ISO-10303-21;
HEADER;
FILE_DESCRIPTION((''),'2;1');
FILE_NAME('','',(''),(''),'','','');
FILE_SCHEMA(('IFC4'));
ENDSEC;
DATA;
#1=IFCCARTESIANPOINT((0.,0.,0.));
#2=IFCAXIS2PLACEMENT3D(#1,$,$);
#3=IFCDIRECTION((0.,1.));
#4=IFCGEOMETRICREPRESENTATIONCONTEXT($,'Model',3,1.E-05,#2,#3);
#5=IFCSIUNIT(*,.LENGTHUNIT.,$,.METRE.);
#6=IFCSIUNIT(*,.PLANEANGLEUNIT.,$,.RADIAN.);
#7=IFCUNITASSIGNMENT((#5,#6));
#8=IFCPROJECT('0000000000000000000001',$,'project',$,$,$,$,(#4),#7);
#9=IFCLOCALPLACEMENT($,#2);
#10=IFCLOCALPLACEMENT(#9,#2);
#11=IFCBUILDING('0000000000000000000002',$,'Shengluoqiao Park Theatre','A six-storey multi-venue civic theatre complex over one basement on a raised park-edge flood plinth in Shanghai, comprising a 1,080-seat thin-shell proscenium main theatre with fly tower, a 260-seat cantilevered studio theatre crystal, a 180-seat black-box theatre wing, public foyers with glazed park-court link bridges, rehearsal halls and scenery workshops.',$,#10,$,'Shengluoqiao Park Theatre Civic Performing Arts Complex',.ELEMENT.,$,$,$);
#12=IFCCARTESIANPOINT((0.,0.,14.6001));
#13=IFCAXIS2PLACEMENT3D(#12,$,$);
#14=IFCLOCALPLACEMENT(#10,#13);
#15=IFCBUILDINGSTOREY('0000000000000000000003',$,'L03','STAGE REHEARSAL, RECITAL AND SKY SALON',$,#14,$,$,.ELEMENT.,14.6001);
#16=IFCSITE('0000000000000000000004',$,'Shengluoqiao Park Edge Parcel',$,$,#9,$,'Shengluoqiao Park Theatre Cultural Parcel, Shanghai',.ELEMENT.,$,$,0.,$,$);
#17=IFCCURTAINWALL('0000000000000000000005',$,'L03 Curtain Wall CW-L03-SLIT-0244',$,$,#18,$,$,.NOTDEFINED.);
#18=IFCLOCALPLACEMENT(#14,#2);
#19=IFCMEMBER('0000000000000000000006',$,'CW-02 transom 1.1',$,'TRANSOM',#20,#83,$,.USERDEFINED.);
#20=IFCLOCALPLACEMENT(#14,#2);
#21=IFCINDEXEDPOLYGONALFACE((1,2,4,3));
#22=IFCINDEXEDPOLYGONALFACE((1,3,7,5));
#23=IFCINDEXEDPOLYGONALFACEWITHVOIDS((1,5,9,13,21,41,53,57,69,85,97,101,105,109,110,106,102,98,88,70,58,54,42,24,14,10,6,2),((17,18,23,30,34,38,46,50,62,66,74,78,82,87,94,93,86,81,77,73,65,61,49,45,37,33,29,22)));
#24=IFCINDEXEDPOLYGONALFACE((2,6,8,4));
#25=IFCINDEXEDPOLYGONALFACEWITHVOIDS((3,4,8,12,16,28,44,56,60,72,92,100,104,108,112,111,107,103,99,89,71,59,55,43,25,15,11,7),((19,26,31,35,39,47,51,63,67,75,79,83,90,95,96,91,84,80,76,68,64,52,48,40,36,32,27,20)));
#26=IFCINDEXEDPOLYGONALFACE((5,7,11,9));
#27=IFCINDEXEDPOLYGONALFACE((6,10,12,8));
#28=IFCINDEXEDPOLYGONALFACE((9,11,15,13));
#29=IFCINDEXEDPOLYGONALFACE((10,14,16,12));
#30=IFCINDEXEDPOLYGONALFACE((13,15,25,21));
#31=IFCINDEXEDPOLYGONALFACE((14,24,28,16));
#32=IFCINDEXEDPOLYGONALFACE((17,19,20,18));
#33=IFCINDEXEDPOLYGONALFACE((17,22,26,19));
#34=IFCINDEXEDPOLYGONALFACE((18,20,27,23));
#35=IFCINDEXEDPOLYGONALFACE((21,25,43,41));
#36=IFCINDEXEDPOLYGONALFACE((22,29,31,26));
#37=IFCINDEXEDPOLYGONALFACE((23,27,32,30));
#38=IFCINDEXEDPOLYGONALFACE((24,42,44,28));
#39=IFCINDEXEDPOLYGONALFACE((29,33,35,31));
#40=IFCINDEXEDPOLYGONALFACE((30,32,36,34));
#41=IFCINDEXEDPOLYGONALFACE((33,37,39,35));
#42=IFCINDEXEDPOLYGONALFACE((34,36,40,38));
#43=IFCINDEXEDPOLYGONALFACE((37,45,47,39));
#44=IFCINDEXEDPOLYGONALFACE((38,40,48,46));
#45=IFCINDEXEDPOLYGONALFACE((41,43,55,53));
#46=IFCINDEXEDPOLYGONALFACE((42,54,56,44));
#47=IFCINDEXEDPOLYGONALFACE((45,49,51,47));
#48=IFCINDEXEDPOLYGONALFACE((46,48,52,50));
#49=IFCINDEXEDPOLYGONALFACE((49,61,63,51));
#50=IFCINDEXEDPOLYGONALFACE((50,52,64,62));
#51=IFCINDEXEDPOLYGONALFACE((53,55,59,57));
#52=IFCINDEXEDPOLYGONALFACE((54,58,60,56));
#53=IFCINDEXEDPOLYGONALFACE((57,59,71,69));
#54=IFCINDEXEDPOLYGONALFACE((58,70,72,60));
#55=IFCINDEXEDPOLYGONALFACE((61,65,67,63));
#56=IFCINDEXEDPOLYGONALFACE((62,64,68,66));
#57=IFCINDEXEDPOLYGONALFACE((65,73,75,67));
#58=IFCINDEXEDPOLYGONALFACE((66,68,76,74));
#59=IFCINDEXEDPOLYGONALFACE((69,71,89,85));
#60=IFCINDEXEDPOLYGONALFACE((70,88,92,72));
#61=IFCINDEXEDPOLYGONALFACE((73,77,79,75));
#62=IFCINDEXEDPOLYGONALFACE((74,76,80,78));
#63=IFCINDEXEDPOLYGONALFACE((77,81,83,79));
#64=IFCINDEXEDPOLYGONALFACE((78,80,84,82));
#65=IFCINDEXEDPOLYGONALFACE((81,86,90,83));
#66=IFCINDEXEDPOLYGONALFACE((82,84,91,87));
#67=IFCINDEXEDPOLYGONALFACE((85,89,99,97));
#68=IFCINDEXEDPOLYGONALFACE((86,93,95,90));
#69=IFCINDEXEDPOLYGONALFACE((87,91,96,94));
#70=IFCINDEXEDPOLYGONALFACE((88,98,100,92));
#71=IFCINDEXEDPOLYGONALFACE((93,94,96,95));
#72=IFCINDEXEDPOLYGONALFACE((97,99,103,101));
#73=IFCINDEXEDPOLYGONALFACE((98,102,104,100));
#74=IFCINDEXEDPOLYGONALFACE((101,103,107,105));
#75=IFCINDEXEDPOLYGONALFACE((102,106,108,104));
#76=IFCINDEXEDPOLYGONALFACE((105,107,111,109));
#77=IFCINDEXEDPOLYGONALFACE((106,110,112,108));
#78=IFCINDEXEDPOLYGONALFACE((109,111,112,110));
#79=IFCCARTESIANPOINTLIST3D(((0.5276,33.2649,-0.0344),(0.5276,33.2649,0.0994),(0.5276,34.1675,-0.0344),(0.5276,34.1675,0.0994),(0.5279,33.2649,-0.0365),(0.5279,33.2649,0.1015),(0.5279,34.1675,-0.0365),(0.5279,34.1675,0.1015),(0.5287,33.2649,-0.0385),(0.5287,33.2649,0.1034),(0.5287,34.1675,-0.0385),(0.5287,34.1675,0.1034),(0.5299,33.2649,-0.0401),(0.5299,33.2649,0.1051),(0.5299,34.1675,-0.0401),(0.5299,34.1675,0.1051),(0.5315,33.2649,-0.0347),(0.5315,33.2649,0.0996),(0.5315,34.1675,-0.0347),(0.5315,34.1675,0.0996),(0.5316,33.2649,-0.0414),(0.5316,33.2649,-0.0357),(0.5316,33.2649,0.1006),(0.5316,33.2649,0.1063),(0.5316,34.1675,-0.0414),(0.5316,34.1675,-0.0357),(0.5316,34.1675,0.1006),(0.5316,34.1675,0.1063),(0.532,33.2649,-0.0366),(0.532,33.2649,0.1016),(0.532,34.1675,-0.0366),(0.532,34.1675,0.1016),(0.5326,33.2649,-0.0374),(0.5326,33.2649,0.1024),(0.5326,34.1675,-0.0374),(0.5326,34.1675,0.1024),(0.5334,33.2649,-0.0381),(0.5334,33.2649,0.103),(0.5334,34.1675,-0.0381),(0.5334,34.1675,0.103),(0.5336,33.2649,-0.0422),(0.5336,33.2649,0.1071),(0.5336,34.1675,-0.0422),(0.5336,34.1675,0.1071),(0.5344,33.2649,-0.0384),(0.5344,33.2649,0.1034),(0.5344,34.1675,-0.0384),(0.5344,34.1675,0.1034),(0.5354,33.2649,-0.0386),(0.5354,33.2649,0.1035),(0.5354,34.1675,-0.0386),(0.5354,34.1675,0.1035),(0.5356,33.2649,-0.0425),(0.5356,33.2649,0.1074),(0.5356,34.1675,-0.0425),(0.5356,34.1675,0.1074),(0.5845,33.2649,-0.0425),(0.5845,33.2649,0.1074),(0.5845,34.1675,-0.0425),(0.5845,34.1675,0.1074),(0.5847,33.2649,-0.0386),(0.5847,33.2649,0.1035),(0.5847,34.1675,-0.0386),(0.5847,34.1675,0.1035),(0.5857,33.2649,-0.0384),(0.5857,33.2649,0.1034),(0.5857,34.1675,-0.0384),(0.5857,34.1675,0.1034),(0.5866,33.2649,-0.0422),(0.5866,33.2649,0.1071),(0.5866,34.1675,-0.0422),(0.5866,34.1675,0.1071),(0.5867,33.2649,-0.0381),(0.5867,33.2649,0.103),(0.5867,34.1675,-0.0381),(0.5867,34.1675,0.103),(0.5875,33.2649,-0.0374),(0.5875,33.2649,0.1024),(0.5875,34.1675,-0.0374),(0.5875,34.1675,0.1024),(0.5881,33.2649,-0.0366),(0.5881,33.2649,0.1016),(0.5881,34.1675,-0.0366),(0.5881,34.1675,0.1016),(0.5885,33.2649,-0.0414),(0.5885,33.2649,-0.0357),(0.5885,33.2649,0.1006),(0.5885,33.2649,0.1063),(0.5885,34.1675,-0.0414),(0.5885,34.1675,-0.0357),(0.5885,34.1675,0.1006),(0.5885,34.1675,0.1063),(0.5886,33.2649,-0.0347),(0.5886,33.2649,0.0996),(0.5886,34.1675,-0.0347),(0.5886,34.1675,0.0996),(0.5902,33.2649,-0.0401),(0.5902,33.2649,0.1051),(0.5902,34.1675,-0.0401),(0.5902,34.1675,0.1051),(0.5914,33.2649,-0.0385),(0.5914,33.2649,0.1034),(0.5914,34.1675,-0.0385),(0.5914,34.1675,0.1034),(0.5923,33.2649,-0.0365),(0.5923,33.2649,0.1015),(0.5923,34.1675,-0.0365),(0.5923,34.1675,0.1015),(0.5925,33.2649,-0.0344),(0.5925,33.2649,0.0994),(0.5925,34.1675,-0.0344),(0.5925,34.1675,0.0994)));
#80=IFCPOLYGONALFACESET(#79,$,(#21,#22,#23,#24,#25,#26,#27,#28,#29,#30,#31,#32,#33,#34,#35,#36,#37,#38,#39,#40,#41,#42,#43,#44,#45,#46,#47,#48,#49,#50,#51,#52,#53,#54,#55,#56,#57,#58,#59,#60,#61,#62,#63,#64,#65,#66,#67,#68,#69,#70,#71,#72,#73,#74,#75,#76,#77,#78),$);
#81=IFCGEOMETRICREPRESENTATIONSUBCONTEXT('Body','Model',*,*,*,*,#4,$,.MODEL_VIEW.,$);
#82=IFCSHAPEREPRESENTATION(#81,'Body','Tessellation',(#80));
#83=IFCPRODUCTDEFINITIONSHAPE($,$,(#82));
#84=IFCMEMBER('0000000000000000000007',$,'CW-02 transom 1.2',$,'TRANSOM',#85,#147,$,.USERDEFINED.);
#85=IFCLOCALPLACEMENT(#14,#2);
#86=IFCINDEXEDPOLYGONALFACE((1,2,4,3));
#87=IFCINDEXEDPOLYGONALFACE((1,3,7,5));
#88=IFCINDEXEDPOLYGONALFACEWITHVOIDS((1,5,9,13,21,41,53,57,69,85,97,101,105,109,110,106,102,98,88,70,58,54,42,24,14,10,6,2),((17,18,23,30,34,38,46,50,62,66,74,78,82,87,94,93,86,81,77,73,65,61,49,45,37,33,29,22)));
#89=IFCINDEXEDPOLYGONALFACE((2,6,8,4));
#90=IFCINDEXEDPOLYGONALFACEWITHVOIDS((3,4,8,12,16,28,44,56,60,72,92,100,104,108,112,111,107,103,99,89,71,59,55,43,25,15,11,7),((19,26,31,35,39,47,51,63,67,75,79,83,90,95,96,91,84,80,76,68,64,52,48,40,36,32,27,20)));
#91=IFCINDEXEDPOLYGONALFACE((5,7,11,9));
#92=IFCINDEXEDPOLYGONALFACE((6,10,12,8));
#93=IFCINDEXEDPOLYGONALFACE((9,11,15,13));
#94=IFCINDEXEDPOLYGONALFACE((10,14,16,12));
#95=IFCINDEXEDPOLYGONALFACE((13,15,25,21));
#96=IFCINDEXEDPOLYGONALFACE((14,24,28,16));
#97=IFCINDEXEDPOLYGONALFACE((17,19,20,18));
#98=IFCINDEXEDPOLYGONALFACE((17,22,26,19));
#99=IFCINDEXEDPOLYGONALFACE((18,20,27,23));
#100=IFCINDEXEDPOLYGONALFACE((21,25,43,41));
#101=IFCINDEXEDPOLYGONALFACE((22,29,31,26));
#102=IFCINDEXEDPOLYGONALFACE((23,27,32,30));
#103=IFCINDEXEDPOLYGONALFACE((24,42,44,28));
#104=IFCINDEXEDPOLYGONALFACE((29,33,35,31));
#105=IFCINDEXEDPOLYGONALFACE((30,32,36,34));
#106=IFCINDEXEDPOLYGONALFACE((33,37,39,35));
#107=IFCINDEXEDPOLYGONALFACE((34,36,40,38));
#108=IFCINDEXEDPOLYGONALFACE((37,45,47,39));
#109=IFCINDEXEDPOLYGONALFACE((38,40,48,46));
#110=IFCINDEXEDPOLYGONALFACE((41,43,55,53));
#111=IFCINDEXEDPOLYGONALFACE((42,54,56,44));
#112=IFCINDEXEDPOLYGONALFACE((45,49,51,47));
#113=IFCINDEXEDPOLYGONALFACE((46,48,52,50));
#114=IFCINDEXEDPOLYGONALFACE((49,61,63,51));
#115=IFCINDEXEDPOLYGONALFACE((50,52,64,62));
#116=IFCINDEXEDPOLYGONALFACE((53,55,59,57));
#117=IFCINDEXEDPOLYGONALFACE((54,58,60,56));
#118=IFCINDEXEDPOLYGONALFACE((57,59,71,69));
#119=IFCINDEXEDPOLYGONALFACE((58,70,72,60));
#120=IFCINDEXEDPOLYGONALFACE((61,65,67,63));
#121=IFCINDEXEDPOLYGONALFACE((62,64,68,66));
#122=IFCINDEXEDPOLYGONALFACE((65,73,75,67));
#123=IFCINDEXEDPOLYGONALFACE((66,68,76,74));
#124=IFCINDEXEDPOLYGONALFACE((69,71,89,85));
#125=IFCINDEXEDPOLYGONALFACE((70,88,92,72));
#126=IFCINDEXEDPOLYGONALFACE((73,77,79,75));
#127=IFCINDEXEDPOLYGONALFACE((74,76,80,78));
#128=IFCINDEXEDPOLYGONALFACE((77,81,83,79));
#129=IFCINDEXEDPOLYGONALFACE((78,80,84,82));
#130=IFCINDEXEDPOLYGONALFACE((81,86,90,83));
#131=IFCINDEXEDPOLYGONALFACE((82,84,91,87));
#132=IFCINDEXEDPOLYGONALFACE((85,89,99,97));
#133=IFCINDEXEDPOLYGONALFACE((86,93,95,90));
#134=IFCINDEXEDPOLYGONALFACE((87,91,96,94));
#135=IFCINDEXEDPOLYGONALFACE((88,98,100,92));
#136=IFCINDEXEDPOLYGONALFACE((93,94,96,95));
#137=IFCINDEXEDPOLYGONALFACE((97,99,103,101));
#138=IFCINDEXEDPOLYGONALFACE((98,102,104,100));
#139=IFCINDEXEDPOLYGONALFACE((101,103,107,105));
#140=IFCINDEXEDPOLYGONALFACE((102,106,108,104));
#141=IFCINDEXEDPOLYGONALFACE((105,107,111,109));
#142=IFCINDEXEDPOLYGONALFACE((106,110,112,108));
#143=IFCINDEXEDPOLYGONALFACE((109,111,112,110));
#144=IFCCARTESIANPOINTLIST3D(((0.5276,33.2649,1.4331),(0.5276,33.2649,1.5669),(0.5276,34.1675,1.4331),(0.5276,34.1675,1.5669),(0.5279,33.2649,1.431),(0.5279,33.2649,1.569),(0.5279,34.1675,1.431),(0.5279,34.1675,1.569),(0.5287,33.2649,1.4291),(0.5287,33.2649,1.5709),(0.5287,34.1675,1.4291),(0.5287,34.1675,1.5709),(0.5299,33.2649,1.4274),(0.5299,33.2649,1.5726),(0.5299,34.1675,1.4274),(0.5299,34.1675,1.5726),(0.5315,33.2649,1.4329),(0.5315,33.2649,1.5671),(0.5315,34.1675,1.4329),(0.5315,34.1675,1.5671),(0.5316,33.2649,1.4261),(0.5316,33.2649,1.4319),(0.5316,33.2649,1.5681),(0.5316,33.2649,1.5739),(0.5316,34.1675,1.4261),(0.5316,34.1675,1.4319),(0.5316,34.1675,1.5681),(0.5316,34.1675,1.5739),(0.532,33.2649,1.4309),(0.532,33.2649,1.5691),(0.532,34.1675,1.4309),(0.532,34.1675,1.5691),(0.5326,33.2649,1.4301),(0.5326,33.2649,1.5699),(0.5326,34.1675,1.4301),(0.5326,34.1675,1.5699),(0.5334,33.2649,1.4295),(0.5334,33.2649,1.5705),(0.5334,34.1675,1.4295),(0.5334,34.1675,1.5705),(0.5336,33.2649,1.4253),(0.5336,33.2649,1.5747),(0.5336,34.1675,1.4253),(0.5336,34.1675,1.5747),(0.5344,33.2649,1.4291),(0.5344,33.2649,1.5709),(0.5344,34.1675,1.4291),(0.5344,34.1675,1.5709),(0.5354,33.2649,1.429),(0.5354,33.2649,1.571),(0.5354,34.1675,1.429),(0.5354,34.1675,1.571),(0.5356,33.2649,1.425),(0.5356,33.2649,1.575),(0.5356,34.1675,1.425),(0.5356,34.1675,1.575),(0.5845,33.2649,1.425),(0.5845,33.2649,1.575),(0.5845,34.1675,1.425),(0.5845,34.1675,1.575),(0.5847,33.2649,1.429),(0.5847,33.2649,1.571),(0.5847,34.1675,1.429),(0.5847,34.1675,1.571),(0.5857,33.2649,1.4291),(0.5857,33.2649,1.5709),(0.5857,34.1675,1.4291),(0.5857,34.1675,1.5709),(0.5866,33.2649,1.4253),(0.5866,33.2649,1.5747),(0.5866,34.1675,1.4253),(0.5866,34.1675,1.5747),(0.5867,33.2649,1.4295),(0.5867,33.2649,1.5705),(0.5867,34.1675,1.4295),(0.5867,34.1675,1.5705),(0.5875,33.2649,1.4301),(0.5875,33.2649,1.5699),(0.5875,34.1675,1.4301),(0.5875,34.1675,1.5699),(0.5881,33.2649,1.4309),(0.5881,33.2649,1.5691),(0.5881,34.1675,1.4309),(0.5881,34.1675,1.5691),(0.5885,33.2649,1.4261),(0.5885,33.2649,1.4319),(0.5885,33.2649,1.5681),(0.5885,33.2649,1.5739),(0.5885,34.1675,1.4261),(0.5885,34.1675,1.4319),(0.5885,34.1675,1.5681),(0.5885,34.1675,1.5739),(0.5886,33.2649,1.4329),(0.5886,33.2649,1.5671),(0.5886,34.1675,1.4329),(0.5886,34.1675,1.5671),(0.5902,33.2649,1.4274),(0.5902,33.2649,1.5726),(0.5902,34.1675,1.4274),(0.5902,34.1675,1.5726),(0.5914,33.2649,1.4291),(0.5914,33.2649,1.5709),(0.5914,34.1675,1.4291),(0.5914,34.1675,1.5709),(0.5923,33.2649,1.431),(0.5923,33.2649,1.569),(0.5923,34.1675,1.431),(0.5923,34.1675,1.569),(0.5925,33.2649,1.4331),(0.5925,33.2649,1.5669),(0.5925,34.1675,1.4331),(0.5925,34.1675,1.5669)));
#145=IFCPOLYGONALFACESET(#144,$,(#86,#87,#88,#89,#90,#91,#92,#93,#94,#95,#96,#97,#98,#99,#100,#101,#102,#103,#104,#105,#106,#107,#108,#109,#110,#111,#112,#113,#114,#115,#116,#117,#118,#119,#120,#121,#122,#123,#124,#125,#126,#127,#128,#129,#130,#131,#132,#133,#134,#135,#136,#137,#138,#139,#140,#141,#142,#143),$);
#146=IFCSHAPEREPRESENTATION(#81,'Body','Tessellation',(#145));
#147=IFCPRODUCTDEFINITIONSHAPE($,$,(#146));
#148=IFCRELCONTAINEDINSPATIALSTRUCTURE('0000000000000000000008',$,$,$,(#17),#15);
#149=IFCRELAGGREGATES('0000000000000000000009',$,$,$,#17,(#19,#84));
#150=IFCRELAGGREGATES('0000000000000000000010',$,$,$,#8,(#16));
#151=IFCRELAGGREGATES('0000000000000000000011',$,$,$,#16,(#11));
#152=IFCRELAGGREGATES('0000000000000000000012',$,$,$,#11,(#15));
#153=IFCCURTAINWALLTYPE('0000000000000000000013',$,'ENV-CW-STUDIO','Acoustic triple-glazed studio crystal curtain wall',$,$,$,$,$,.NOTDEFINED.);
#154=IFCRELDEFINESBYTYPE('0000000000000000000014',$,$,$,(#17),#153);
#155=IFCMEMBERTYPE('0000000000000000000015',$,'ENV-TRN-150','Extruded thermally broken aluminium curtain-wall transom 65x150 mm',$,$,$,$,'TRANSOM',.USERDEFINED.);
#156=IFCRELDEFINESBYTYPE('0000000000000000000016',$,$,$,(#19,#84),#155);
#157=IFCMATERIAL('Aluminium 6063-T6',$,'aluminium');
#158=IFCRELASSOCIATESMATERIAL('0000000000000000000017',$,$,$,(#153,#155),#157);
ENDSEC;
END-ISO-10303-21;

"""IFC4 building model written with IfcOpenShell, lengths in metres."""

from ifc_helpers import new_model, si_unit, direction, frame, origin, origin_2d, place, context, subcontext, project, spatial, hollow_rectangle, extrude, material, material_profile, profile_set, type_object, element, aggregate, save


model = new_model("IFC4")

# Units and contexts
model_context = context("Model", 3, precision=1e-05, world=origin(), true_north=direction((0.0, 1.0)))
body_context = subcontext(model_context, "Body", "Model", "MODEL_VIEW")
ifc_project = project(units=[si_unit("LENGTHUNIT", "METRE"), si_unit("PLANEANGLEUNIT", "RADIAN")], contexts=[model_context])

# Site, building, storey
site_placement = place(None, origin())
site = spatial("IfcSite", under=ifc_project, at=site_placement, Name="Shengluoqiao Park Edge Parcel", LongName="Shengluoqiao Park Theatre Cultural Parcel, Shanghai", CompositionType="ELEMENT", RefElevation=0.0)
building_placement = place(site_placement, origin())
building = spatial("IfcBuilding", under=site, at=building_placement, Name="Shengluoqiao Park Theatre", Description="A six-storey multi-venue civic theatre complex over one basement on a raised park-edge flood plinth in Shanghai, comprising a 1,080-seat thin-shell proscenium main theatre with fly tower, a 260-seat cantilevered studio theatre crystal, a 180-seat black-box theatre wing, public foyers with glazed park-court link bridges, rehearsal halls and scenery workshops.", LongName="Shengluoqiao Park Theatre Civic Performing Arts Complex", CompositionType="ELEMENT")
storey_placement = place(building_placement, frame((0.0, 0.0, 14.6001)))
storey = spatial("IfcBuildingStorey", under=building, at=storey_placement, Name="L03", Description="STAGE REHEARSAL, RECITAL AND SKY SALON", CompositionType="ELEMENT", Elevation=14.6001)

# Curtain wall
ifc_material_1 = material(Name="Aluminium 6063-T6", Category="aluminium")
curtain_wall_type = type_object("IfcCurtainWallType", Name="ENV-CW-STUDIO", Description="Acoustic triple-glazed studio crystal curtain wall", PredefinedType="NOTDEFINED", material=ifc_material_1)
curtain_wall_1_placement = place(storey_placement, origin())
curtain_wall_1 = element("IfcCurtainWall", 1, at=curtain_wall_1_placement, inside=storey, type_object=curtain_wall_type, Name="L03 Curtain Wall CW-L03-SLIT-0244", PredefinedType="NOTDEFINED")

# Members
ifc_material_profile_1 = material_profile(ifc_material_1, hollow_rectangle(XDim=0.0649, YDim=0.1499, WallThickness=0.0039, InnerFilletRadius=0.0039, OuterFilletRadius=0.0081, at=origin_2d()), Name="ALU TRANSOM 150x65x4")
ifc_profile_set_1 = profile_set([ifc_material_profile_1], Name="Aluminium 6063-T6")
member_type_1 = type_object("IfcMemberType", Name="ENV-TRN-150", Description="Extruded thermally broken aluminium curtain-wall transom 65x150 mm", ElementType="TRANSOM", PredefinedType="USERDEFINED", material=ifc_profile_set_1)
member_1_placement = place(storey_placement, frame((0.5601, 33.2649, 0.0325), z_axis=(0.0, 1.0, 0.0), x_axis=(-1.0, 0.0, 0.0)))
member_1 = element("IfcMember", 2, at=member_1_placement, type_object=member_type_1, Name="CW-02 transom 1.1", ObjectType="TRANSOM", PredefinedType="USERDEFINED", context=body_context, shape_type="SweptSolid", body=[
    extrude(hollow_rectangle(XDim=0.0649, YDim=0.1499, WallThickness=0.0039, InnerFilletRadius=0.0039, OuterFilletRadius=0.0081, at=origin_2d()), origin(), (0.0, 0.0, 1.0), 0.9026),
])
member_2_placement = place(storey_placement, frame((0.5601, 33.2649, 1.5), z_axis=(0.0, 1.0, 0.0), x_axis=(-1.0, 0.0, 0.0)))
member_2 = element("IfcMember", 3, at=member_2_placement, type_object=member_type_1, Name="CW-02 transom 1.2", ObjectType="TRANSOM", PredefinedType="USERDEFINED", context=body_context, shape_type="SweptSolid", body=[
    extrude(hollow_rectangle(XDim=0.0649, YDim=0.1499, WallThickness=0.0039, InnerFilletRadius=0.0039, OuterFilletRadius=0.0081, at=origin_2d()), origin(), (0.0, 0.0, 1.0), 0.9026),
])

aggregate(curtain_wall_1, [member_1, member_2])

save(model, "model.ifc")
